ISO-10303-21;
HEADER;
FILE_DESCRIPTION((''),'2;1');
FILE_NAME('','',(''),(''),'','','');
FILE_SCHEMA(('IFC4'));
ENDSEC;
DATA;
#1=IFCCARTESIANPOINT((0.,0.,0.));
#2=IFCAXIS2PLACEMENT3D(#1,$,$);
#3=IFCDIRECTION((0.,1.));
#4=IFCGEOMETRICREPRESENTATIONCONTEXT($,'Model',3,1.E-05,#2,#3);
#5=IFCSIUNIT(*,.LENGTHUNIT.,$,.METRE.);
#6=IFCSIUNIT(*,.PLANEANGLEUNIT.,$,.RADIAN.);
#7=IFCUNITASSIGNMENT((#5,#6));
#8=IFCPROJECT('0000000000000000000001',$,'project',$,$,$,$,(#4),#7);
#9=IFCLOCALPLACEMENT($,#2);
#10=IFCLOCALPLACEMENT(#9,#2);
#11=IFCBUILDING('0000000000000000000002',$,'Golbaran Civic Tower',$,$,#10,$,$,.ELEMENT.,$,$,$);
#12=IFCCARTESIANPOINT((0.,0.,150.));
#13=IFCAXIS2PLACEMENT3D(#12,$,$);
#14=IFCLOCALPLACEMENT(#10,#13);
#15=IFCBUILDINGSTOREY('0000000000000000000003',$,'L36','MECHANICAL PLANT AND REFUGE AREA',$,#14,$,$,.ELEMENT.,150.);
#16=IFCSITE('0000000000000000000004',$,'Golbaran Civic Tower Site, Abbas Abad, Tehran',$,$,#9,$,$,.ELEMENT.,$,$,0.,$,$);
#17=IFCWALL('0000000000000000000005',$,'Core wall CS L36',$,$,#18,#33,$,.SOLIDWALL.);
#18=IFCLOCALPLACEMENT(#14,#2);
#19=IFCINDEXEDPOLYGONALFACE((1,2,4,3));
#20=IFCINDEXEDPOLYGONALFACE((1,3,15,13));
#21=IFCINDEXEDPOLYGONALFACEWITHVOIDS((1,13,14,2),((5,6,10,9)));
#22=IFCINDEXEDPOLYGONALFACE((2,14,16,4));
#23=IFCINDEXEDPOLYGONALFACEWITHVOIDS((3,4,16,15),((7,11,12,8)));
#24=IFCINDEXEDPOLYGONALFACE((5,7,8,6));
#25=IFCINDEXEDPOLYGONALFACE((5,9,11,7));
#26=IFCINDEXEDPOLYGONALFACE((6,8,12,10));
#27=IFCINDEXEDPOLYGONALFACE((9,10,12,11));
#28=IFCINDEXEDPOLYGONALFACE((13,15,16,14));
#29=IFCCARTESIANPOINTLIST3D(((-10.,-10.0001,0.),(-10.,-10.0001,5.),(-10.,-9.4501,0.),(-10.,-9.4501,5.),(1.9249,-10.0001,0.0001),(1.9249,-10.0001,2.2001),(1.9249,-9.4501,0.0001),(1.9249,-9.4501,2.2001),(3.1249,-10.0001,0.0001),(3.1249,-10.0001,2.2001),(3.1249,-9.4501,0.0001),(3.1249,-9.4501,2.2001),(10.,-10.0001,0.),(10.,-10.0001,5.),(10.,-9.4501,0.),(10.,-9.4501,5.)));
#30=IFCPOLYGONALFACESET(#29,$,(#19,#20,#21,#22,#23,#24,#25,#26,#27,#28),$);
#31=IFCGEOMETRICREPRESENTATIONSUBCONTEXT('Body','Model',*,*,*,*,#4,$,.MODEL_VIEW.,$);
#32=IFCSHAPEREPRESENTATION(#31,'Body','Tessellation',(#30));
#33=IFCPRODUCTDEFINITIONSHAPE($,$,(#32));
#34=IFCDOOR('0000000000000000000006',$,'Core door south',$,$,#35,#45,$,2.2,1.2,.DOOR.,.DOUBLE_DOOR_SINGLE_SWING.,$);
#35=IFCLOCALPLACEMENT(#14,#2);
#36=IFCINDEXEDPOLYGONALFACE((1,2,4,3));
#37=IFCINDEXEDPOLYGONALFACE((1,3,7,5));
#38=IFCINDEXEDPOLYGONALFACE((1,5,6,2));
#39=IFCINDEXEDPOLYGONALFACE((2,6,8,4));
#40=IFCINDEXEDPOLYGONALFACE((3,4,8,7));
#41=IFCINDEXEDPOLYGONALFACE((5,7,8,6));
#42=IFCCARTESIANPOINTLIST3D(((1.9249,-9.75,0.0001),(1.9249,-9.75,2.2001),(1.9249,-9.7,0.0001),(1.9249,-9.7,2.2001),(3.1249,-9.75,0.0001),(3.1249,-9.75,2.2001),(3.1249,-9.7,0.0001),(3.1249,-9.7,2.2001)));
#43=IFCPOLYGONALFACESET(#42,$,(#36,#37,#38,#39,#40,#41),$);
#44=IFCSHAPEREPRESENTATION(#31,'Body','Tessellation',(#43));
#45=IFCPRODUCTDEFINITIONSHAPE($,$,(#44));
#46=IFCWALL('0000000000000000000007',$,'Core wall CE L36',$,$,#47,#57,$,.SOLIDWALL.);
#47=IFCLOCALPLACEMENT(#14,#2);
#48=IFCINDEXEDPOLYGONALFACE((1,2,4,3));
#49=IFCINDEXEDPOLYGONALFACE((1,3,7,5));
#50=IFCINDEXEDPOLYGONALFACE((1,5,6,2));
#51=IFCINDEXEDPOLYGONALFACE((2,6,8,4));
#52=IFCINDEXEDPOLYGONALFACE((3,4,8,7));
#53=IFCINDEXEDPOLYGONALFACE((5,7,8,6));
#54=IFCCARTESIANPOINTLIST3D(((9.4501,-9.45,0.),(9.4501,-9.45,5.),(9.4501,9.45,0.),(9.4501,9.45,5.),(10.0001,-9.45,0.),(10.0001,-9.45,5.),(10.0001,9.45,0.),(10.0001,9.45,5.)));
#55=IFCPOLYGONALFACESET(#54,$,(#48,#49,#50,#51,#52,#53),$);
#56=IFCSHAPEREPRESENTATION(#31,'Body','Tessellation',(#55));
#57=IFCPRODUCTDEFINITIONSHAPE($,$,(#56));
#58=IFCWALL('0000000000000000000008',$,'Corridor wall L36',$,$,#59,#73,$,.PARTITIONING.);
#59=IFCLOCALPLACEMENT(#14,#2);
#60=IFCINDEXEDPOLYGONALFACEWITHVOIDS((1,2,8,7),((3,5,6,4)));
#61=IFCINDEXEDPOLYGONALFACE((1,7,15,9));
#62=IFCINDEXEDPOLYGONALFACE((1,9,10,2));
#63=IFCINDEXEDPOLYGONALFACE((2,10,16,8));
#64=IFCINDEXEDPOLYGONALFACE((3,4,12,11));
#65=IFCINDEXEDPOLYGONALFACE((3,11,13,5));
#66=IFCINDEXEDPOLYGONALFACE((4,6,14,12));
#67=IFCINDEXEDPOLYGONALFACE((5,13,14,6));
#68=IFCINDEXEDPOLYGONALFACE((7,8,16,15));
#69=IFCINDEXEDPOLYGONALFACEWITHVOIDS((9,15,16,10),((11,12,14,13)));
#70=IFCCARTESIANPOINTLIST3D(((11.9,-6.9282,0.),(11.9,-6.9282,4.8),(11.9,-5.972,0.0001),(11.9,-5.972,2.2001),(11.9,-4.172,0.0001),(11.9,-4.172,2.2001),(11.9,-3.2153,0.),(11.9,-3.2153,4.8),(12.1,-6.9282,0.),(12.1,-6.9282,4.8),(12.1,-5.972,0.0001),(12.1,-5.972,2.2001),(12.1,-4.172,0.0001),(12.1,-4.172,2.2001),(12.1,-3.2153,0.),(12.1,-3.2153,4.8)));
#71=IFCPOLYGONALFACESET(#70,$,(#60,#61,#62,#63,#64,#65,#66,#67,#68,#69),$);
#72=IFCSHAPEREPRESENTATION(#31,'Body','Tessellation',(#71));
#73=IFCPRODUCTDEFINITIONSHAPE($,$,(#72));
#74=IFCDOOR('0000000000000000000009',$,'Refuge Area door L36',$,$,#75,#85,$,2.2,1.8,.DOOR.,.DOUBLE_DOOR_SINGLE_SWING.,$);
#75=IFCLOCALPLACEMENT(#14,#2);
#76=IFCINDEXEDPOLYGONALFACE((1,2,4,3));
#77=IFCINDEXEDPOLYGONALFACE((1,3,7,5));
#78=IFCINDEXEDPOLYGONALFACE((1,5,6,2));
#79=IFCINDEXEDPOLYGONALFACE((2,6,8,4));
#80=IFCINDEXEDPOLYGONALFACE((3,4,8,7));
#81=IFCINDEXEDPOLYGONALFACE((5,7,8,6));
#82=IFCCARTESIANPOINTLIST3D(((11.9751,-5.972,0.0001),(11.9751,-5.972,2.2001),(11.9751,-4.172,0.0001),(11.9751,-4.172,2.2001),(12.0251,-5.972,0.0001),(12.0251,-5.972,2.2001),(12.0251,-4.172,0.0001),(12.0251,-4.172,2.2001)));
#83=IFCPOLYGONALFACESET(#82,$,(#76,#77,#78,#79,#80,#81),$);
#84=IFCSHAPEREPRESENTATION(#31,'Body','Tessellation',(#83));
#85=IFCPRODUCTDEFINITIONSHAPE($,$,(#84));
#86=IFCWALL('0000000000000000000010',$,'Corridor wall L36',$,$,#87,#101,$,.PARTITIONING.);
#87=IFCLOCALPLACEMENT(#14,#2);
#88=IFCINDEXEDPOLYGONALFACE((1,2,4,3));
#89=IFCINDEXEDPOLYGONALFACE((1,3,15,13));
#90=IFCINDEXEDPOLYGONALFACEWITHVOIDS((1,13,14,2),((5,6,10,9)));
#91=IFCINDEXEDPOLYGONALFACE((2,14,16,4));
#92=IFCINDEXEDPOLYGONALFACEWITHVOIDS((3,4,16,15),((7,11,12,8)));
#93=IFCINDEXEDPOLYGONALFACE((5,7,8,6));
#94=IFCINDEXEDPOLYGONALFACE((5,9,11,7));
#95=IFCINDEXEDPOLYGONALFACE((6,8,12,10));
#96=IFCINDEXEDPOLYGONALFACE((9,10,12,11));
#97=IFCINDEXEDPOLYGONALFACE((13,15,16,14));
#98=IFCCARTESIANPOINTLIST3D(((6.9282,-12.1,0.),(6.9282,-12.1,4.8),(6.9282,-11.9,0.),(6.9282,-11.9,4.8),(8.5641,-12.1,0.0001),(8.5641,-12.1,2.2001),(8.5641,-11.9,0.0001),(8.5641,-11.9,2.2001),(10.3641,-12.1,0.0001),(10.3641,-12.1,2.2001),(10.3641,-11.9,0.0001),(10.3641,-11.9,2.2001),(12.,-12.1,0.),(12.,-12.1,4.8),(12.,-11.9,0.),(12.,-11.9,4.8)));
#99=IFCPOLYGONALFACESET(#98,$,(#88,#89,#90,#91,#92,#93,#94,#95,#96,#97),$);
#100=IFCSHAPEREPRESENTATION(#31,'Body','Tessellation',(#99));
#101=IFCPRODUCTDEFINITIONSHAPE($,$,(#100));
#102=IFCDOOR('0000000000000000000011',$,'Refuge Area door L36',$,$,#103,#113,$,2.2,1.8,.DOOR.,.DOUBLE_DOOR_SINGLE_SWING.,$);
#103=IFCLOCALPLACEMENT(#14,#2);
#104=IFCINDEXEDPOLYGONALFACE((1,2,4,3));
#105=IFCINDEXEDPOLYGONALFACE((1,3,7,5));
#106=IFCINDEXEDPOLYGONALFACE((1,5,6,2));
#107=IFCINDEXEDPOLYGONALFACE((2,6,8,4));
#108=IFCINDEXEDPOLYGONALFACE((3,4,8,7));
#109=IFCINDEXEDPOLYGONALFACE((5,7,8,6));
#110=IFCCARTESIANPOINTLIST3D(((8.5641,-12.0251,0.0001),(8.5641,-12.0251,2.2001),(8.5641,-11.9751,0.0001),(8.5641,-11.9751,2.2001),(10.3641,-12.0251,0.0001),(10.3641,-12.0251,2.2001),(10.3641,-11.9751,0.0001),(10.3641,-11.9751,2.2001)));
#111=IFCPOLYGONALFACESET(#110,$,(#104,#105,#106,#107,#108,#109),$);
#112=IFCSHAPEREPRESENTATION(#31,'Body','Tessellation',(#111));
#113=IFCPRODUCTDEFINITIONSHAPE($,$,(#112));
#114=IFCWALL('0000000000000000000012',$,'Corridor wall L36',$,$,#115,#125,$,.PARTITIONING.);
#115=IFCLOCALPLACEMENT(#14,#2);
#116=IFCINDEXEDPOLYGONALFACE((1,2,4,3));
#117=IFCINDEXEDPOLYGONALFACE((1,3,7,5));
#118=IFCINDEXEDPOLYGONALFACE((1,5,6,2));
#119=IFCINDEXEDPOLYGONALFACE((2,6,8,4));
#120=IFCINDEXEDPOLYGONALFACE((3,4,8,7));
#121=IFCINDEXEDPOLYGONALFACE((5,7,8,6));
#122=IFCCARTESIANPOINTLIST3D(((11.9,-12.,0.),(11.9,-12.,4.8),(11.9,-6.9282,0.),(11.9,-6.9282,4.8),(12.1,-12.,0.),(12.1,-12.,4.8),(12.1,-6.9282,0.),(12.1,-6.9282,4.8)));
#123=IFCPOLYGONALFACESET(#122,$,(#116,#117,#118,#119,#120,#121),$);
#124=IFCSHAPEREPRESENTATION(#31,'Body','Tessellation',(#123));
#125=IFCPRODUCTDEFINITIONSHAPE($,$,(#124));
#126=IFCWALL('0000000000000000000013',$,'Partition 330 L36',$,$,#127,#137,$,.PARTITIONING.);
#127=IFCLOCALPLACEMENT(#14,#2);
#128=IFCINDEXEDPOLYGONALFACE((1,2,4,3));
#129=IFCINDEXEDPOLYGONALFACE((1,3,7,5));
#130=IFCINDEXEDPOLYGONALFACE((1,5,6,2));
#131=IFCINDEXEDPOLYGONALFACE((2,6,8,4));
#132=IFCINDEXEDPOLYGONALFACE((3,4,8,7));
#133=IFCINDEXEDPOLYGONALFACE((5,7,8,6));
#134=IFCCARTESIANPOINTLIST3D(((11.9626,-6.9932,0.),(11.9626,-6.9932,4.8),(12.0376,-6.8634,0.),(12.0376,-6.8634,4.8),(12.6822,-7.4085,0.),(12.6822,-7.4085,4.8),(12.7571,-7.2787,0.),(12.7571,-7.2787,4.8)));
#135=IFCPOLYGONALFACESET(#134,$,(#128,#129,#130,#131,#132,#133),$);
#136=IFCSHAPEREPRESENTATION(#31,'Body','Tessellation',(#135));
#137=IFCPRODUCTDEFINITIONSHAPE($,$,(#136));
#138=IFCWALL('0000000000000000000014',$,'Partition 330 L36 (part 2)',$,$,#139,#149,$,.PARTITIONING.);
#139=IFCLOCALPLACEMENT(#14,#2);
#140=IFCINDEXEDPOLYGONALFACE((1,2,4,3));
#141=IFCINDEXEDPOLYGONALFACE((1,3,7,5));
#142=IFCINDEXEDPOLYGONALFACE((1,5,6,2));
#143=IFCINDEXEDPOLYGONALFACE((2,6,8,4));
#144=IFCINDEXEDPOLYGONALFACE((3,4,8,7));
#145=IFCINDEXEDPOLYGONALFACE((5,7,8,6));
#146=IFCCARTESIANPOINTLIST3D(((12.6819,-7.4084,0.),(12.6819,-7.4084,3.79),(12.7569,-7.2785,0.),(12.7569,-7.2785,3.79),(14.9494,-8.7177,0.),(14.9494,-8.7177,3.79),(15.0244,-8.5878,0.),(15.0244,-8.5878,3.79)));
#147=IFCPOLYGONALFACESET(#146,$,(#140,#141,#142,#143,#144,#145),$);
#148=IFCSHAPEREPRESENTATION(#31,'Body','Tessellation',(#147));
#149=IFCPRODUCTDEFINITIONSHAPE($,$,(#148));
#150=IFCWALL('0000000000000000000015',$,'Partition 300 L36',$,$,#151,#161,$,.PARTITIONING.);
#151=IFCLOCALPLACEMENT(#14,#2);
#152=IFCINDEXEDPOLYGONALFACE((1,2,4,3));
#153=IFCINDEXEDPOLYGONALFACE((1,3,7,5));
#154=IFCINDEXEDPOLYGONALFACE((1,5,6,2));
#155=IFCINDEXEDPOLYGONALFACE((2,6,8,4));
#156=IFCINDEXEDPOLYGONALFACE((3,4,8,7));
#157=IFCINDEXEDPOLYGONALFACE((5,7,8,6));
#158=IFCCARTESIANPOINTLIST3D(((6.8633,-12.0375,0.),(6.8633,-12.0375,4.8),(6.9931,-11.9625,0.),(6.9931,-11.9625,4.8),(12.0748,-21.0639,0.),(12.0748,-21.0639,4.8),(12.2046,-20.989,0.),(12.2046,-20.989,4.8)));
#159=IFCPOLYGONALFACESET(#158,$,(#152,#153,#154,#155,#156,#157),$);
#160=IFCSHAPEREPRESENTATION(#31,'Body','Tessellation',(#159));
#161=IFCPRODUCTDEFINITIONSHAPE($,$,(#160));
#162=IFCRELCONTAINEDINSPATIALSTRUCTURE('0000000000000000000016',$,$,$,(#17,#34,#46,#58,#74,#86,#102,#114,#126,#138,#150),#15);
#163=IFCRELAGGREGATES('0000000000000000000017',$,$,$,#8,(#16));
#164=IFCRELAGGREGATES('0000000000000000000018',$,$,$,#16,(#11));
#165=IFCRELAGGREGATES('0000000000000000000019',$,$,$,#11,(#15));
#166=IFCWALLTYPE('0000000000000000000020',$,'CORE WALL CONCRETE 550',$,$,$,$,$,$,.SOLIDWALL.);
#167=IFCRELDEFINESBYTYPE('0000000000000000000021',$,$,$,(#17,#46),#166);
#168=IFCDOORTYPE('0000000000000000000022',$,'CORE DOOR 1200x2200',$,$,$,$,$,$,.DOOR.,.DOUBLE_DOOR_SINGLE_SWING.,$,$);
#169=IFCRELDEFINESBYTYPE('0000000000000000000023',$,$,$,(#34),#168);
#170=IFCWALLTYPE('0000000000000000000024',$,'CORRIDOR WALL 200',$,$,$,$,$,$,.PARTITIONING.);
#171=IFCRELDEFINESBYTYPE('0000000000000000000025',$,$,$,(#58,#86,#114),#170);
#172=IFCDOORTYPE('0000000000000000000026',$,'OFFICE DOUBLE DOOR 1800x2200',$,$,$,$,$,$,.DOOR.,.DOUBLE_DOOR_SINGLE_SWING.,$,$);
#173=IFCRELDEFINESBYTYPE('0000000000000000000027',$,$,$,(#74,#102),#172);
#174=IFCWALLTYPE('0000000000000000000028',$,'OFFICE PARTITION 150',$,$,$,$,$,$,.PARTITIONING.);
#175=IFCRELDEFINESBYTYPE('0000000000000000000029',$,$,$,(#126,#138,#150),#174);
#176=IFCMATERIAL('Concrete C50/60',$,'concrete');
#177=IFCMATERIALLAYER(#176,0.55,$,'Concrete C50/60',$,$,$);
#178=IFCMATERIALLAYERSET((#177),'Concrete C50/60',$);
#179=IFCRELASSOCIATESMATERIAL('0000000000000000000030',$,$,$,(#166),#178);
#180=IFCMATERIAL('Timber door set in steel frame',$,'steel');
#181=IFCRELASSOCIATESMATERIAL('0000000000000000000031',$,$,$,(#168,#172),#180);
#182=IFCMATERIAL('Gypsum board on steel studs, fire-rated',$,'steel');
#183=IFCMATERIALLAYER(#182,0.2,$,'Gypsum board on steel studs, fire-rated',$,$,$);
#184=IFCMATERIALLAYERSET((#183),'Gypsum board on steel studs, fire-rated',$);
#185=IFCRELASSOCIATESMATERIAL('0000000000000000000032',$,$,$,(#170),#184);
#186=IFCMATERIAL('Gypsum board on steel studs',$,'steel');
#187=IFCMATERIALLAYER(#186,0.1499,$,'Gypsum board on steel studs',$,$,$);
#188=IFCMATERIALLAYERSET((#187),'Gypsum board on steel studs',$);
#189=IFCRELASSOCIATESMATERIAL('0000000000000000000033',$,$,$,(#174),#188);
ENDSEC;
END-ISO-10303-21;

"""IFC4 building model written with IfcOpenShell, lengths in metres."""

from ifc_helpers import new_model, si_unit, direction, frame, frame_2d, origin, place, context, subcontext, project, spatial, rectangle, extrude, material, layer, layer_set, type_object, element, fill, save


model = new_model("IFC4")

# Units and contexts
model_context = context("Model", 3, precision=1e-05, world=origin(), true_north=direction((0.0, 1.0)))
body_context = subcontext(model_context, "Body", "Model", "MODEL_VIEW")
ifc_project = project(units=[si_unit("LENGTHUNIT", "METRE"), si_unit("PLANEANGLEUNIT", "RADIAN")], contexts=[model_context])

# Site, building, storey
site_placement = place(None, origin())
site = spatial("IfcSite", under=ifc_project, at=site_placement, Name="Golbaran Civic Tower Site, Abbas Abad, Tehran", CompositionType="ELEMENT", RefElevation=0.0)
building_placement = place(site_placement, origin())
building = spatial("IfcBuilding", under=site, at=building_placement, Name="Golbaran Civic Tower", CompositionType="ELEMENT")
storey_placement = place(building_placement, frame((0.0, 0.0, 150.0)))
storey = spatial("IfcBuildingStorey", under=building, at=storey_placement, Name="L36", Description="MECHANICAL PLANT AND REFUGE AREA", CompositionType="ELEMENT", Elevation=150.0)

# Wall, opening, door
ifc_material_1 = material(Name="Concrete C50/60", Category="concrete")
ifc_layer_1 = layer(ifc_material_1, 0.55, Name="Concrete C50/60")
ifc_layer_set_1 = layer_set([ifc_layer_1], Name="Concrete C50/60")
wall_type_1 = type_object("IfcWallType", Name="CORE WALL CONCRETE 550", PredefinedType="SOLIDWALL", material=ifc_layer_set_1)
wall_1_placement = place(storey_placement, frame((10.0, -9.7251, 0.0), z_axis=(0.0, 0.0, 1.0), x_axis=(-1.0, 0.0, 0.0)))
wall_1 = element("IfcWall", 1, at=wall_1_placement, inside=storey, type_object=wall_type_1, Name="Core wall CS L36", PredefinedType="SOLIDWALL", context=body_context, shape_type="SweptSolid", body=[
    extrude(rectangle(XDim=20.0, YDim=0.55, at=frame_2d((10.0, 0.0))), origin(), (0.0, 0.0, 1.0), 5.0),
])
opening_1_placement = place(wall_1_placement, frame((6.875, 0.0, 0.0)))
opening_1 = element("IfcOpeningElement", 2, at=opening_1_placement, cuts=wall_1, PredefinedType="OPENING", context=body_context, shape_type="SweptSolid", body=[
    extrude(rectangle(XDim=1.2, YDim=2.2, at=frame_2d((0.6001, 1.1001))), frame((0.0, 0.2849, 0.0), z_axis=(0.0, -1.0, 0.0), x_axis=(1.0, 0.0, 0.0)), (0.0, 0.0, 1.0), 0.5701),
])
ifc_material_2 = material(Name="Timber door set in steel frame", Category="steel")
door_type_1 = type_object("IfcDoorType", Name="CORE DOOR 1200x2200", OperationType="DOUBLE_DOOR_SINGLE_SWING", PredefinedType="DOOR", material=ifc_material_2)
door_1_placement = place(opening_1_placement, origin())
door_1 = element("IfcDoor", 3, at=door_1_placement, inside=storey, type_object=door_type_1, Name="Core door south", OperationType="DOUBLE_DOOR_SINGLE_SWING", OverallHeight=2.2, OverallWidth=1.2, PredefinedType="DOOR", context=body_context, shape_type="SweptSolid", body=[
    extrude(rectangle(XDim=1.2, YDim=2.2, at=frame_2d((0.6001, 1.1001))), frame((0.0, 0.0249, 0.0), z_axis=(0.0, -1.0, 0.0), x_axis=(1.0, 0.0, 0.0)), (0.0, 0.0, 1.0), 0.05),
])
fill(opening_1, door_1)

# Wall
wall_2_placement = place(storey_placement, frame((9.7251, -9.45, 0.0), z_axis=(0.0, 0.0, 1.0), x_axis=(0.0, 1.0, 0.0)))
element("IfcWall", 4, at=wall_2_placement, inside=storey, type_object=wall_type_1, Name="Core wall CE L36", PredefinedType="SOLIDWALL", context=body_context, shape_type="SweptSolid", body=[
    extrude(rectangle(XDim=18.8999, YDim=0.55, at=frame_2d((9.45, 0.0))), origin(), (0.0, 0.0, 1.0), 5.0),
])

# Walls, openings, doors
ifc_material_3 = material(Name="Gypsum board on steel studs, fire-rated", Category="steel")
ifc_layer_2 = layer(ifc_material_3, 0.2, Name="Gypsum board on steel studs, fire-rated")
ifc_layer_set_2 = layer_set([ifc_layer_2], Name="Gypsum board on steel studs, fire-rated")
wall_type_2 = type_object("IfcWallType", Name="CORRIDOR WALL 200", PredefinedType="PARTITIONING", material=ifc_layer_set_2)
wall_3_placement = place(storey_placement, frame((12.0, -6.9282, 0.0), z_axis=(0.0, 0.0, 1.0), x_axis=(0.0, 1.0, 0.0)))
wall_3 = element("IfcWall", 5, at=wall_3_placement, inside=storey, type_object=wall_type_2, Name="Corridor wall L36", PredefinedType="PARTITIONING", context=body_context, shape_type="SweptSolid", body=[
    extrude(rectangle(XDim=3.7129, YDim=0.2, at=frame_2d((1.8564, 0.0))), origin(), (0.0, 0.0, 1.0), 4.8),
])
opening_2_placement = place(wall_3_placement, frame((0.9563, 0.0, 0.0)))
opening_2 = element("IfcOpeningElement", 6, at=opening_2_placement, cuts=wall_3, PredefinedType="OPENING", context=body_context, shape_type="SweptSolid", body=[
    extrude(rectangle(XDim=1.8, YDim=2.2, at=frame_2d((0.8999, 1.1001))), frame((0.0, 0.1099, 0.0), z_axis=(0.0, -1.0, 0.0), x_axis=(1.0, 0.0, 0.0)), (0.0, 0.0, 1.0), 0.22),
])
door_type_2 = type_object("IfcDoorType", Name="OFFICE DOUBLE DOOR 1800x2200", OperationType="DOUBLE_DOOR_SINGLE_SWING", PredefinedType="DOOR", material=ifc_material_2)
door_2_placement = place(opening_2_placement, origin())
door_2 = element("IfcDoor", 7, at=door_2_placement, inside=storey, type_object=door_type_2, Name="Refuge Area door L36", OperationType="DOUBLE_DOOR_SINGLE_SWING", OverallHeight=2.2, OverallWidth=1.8, PredefinedType="DOOR", context=body_context, shape_type="SweptSolid", body=[
    extrude(rectangle(XDim=1.8, YDim=2.2, at=frame_2d((0.8999, 1.1001))), frame((0.0, 0.0249, 0.0), z_axis=(0.0, -1.0, 0.0), x_axis=(1.0, 0.0, 0.0)), (0.0, 0.0, 1.0), 0.05),
])
fill(opening_2, door_2)
wall_4_placement = place(storey_placement, frame((6.9282, -12.0, 0.0), z_axis=(0.0, 0.0, 1.0), x_axis=(1.0, 0.0, 0.0)))
wall_4 = element("IfcWall", 8, at=wall_4_placement, inside=storey, type_object=wall_type_2, Name="Corridor wall L36", PredefinedType="PARTITIONING", context=body_context, shape_type="SweptSolid", body=[
    extrude(rectangle(XDim=5.0718, YDim=0.2, at=frame_2d((2.5359, 0.0))), origin(), (0.0, 0.0, 1.0), 4.8),
])
opening_3_placement = place(wall_4_placement, frame((1.636, 0.0, 0.0)))
opening_3 = element("IfcOpeningElement", 9, at=opening_3_placement, cuts=wall_4, PredefinedType="OPENING", context=body_context, shape_type="SweptSolid", body=[
    extrude(rectangle(XDim=1.8, YDim=2.2, at=frame_2d((0.8999, 1.1001))), frame((0.0, 0.1099, 0.0), z_axis=(0.0, -1.0, 0.0), x_axis=(1.0, 0.0, 0.0)), (0.0, 0.0, 1.0), 0.22),
])
door_3_placement = place(opening_3_placement, origin())
door_3 = element("IfcDoor", 10, at=door_3_placement, inside=storey, type_object=door_type_2, Name="Refuge Area door L36", OperationType="DOUBLE_DOOR_SINGLE_SWING", OverallHeight=2.2, OverallWidth=1.8, PredefinedType="DOOR", context=body_context, shape_type="SweptSolid", body=[
    extrude(rectangle(XDim=1.8, YDim=2.2, at=frame_2d((0.8999, 1.1001))), frame((0.0, 0.0249, 0.0), z_axis=(0.0, -1.0, 0.0), x_axis=(1.0, 0.0, 0.0)), (0.0, 0.0, 1.0), 0.05),
])
fill(opening_3, door_3)

# Walls
wall_5_placement = place(storey_placement, frame((12.0, -12.0, 0.0), z_axis=(0.0, 0.0, 1.0), x_axis=(0.0, 1.0, 0.0)))
element("IfcWall", 11, at=wall_5_placement, inside=storey, type_object=wall_type_2, Name="Corridor wall L36", PredefinedType="PARTITIONING", context=body_context, shape_type="SweptSolid", body=[
    extrude(rectangle(XDim=5.0718, YDim=0.2, at=frame_2d((2.5359, 0.0))), origin(), (0.0, 0.0, 1.0), 4.8),
])
ifc_material_4 = material(Name="Gypsum board on steel studs", Category="steel")
ifc_layer_3 = layer(ifc_material_4, 0.1499, Name="Gypsum board on steel studs")
ifc_layer_set_3 = layer_set([ifc_layer_3], Name="Gypsum board on steel studs")
wall_type_3 = type_object("IfcWallType", Name="OFFICE PARTITION 150", PredefinedType="PARTITIONING", material=ifc_layer_set_3)
wall_6_placement = place(storey_placement, frame((12.0, -6.9282, 0.0), z_axis=(0.0, 0.0, 1.0), x_axis=(0.866083, -0.499901, 0.0)))
element("IfcWall", 12, at=wall_6_placement, inside=storey, type_object=wall_type_3, Name="Partition 330 L36", PredefinedType="PARTITIONING", context=body_context, shape_type="SweptSolid", body=[
    extrude(rectangle(XDim=0.8308, YDim=0.1499, at=frame_2d((0.4155, 0.0))), origin(), (0.0, 0.0, 1.0), 4.8),
])
wall_7_placement = place(storey_placement, frame((12.7195, -7.3435, 0.0), z_axis=(0.0, 0.0, 1.0), x_axis=(0.866002, -0.50004, 0.0)))
element("IfcWall", 13, at=wall_7_placement, inside=storey, type_object=wall_type_3, Name="Partition 330 L36 (part 2)", PredefinedType="PARTITIONING", context=body_context, shape_type="SweptSolid", body=[
    extrude(rectangle(XDim=2.6184, YDim=0.1499, at=frame_2d((1.3091, 0.0))), origin(), (0.0, 0.0, 1.0), 3.79),
])
wall_8_placement = place(storey_placement, frame((6.9282, -12.0, 0.0), z_axis=(0.0, 0.0, 1.0), x_axis=(0.500004, -0.866023, 0.0)))
element("IfcWall", 14, at=wall_8_placement, inside=storey, type_object=wall_type_3, Name="Partition 300 L36", PredefinedType="PARTITIONING", context=body_context, shape_type="SweptSolid", body=[
    extrude(rectangle(XDim=10.4229, YDim=0.1499, at=frame_2d((5.2114, 0.0))), origin(), (0.0, 0.0, 1.0), 4.8),
])

save(model, "model.ifc")
